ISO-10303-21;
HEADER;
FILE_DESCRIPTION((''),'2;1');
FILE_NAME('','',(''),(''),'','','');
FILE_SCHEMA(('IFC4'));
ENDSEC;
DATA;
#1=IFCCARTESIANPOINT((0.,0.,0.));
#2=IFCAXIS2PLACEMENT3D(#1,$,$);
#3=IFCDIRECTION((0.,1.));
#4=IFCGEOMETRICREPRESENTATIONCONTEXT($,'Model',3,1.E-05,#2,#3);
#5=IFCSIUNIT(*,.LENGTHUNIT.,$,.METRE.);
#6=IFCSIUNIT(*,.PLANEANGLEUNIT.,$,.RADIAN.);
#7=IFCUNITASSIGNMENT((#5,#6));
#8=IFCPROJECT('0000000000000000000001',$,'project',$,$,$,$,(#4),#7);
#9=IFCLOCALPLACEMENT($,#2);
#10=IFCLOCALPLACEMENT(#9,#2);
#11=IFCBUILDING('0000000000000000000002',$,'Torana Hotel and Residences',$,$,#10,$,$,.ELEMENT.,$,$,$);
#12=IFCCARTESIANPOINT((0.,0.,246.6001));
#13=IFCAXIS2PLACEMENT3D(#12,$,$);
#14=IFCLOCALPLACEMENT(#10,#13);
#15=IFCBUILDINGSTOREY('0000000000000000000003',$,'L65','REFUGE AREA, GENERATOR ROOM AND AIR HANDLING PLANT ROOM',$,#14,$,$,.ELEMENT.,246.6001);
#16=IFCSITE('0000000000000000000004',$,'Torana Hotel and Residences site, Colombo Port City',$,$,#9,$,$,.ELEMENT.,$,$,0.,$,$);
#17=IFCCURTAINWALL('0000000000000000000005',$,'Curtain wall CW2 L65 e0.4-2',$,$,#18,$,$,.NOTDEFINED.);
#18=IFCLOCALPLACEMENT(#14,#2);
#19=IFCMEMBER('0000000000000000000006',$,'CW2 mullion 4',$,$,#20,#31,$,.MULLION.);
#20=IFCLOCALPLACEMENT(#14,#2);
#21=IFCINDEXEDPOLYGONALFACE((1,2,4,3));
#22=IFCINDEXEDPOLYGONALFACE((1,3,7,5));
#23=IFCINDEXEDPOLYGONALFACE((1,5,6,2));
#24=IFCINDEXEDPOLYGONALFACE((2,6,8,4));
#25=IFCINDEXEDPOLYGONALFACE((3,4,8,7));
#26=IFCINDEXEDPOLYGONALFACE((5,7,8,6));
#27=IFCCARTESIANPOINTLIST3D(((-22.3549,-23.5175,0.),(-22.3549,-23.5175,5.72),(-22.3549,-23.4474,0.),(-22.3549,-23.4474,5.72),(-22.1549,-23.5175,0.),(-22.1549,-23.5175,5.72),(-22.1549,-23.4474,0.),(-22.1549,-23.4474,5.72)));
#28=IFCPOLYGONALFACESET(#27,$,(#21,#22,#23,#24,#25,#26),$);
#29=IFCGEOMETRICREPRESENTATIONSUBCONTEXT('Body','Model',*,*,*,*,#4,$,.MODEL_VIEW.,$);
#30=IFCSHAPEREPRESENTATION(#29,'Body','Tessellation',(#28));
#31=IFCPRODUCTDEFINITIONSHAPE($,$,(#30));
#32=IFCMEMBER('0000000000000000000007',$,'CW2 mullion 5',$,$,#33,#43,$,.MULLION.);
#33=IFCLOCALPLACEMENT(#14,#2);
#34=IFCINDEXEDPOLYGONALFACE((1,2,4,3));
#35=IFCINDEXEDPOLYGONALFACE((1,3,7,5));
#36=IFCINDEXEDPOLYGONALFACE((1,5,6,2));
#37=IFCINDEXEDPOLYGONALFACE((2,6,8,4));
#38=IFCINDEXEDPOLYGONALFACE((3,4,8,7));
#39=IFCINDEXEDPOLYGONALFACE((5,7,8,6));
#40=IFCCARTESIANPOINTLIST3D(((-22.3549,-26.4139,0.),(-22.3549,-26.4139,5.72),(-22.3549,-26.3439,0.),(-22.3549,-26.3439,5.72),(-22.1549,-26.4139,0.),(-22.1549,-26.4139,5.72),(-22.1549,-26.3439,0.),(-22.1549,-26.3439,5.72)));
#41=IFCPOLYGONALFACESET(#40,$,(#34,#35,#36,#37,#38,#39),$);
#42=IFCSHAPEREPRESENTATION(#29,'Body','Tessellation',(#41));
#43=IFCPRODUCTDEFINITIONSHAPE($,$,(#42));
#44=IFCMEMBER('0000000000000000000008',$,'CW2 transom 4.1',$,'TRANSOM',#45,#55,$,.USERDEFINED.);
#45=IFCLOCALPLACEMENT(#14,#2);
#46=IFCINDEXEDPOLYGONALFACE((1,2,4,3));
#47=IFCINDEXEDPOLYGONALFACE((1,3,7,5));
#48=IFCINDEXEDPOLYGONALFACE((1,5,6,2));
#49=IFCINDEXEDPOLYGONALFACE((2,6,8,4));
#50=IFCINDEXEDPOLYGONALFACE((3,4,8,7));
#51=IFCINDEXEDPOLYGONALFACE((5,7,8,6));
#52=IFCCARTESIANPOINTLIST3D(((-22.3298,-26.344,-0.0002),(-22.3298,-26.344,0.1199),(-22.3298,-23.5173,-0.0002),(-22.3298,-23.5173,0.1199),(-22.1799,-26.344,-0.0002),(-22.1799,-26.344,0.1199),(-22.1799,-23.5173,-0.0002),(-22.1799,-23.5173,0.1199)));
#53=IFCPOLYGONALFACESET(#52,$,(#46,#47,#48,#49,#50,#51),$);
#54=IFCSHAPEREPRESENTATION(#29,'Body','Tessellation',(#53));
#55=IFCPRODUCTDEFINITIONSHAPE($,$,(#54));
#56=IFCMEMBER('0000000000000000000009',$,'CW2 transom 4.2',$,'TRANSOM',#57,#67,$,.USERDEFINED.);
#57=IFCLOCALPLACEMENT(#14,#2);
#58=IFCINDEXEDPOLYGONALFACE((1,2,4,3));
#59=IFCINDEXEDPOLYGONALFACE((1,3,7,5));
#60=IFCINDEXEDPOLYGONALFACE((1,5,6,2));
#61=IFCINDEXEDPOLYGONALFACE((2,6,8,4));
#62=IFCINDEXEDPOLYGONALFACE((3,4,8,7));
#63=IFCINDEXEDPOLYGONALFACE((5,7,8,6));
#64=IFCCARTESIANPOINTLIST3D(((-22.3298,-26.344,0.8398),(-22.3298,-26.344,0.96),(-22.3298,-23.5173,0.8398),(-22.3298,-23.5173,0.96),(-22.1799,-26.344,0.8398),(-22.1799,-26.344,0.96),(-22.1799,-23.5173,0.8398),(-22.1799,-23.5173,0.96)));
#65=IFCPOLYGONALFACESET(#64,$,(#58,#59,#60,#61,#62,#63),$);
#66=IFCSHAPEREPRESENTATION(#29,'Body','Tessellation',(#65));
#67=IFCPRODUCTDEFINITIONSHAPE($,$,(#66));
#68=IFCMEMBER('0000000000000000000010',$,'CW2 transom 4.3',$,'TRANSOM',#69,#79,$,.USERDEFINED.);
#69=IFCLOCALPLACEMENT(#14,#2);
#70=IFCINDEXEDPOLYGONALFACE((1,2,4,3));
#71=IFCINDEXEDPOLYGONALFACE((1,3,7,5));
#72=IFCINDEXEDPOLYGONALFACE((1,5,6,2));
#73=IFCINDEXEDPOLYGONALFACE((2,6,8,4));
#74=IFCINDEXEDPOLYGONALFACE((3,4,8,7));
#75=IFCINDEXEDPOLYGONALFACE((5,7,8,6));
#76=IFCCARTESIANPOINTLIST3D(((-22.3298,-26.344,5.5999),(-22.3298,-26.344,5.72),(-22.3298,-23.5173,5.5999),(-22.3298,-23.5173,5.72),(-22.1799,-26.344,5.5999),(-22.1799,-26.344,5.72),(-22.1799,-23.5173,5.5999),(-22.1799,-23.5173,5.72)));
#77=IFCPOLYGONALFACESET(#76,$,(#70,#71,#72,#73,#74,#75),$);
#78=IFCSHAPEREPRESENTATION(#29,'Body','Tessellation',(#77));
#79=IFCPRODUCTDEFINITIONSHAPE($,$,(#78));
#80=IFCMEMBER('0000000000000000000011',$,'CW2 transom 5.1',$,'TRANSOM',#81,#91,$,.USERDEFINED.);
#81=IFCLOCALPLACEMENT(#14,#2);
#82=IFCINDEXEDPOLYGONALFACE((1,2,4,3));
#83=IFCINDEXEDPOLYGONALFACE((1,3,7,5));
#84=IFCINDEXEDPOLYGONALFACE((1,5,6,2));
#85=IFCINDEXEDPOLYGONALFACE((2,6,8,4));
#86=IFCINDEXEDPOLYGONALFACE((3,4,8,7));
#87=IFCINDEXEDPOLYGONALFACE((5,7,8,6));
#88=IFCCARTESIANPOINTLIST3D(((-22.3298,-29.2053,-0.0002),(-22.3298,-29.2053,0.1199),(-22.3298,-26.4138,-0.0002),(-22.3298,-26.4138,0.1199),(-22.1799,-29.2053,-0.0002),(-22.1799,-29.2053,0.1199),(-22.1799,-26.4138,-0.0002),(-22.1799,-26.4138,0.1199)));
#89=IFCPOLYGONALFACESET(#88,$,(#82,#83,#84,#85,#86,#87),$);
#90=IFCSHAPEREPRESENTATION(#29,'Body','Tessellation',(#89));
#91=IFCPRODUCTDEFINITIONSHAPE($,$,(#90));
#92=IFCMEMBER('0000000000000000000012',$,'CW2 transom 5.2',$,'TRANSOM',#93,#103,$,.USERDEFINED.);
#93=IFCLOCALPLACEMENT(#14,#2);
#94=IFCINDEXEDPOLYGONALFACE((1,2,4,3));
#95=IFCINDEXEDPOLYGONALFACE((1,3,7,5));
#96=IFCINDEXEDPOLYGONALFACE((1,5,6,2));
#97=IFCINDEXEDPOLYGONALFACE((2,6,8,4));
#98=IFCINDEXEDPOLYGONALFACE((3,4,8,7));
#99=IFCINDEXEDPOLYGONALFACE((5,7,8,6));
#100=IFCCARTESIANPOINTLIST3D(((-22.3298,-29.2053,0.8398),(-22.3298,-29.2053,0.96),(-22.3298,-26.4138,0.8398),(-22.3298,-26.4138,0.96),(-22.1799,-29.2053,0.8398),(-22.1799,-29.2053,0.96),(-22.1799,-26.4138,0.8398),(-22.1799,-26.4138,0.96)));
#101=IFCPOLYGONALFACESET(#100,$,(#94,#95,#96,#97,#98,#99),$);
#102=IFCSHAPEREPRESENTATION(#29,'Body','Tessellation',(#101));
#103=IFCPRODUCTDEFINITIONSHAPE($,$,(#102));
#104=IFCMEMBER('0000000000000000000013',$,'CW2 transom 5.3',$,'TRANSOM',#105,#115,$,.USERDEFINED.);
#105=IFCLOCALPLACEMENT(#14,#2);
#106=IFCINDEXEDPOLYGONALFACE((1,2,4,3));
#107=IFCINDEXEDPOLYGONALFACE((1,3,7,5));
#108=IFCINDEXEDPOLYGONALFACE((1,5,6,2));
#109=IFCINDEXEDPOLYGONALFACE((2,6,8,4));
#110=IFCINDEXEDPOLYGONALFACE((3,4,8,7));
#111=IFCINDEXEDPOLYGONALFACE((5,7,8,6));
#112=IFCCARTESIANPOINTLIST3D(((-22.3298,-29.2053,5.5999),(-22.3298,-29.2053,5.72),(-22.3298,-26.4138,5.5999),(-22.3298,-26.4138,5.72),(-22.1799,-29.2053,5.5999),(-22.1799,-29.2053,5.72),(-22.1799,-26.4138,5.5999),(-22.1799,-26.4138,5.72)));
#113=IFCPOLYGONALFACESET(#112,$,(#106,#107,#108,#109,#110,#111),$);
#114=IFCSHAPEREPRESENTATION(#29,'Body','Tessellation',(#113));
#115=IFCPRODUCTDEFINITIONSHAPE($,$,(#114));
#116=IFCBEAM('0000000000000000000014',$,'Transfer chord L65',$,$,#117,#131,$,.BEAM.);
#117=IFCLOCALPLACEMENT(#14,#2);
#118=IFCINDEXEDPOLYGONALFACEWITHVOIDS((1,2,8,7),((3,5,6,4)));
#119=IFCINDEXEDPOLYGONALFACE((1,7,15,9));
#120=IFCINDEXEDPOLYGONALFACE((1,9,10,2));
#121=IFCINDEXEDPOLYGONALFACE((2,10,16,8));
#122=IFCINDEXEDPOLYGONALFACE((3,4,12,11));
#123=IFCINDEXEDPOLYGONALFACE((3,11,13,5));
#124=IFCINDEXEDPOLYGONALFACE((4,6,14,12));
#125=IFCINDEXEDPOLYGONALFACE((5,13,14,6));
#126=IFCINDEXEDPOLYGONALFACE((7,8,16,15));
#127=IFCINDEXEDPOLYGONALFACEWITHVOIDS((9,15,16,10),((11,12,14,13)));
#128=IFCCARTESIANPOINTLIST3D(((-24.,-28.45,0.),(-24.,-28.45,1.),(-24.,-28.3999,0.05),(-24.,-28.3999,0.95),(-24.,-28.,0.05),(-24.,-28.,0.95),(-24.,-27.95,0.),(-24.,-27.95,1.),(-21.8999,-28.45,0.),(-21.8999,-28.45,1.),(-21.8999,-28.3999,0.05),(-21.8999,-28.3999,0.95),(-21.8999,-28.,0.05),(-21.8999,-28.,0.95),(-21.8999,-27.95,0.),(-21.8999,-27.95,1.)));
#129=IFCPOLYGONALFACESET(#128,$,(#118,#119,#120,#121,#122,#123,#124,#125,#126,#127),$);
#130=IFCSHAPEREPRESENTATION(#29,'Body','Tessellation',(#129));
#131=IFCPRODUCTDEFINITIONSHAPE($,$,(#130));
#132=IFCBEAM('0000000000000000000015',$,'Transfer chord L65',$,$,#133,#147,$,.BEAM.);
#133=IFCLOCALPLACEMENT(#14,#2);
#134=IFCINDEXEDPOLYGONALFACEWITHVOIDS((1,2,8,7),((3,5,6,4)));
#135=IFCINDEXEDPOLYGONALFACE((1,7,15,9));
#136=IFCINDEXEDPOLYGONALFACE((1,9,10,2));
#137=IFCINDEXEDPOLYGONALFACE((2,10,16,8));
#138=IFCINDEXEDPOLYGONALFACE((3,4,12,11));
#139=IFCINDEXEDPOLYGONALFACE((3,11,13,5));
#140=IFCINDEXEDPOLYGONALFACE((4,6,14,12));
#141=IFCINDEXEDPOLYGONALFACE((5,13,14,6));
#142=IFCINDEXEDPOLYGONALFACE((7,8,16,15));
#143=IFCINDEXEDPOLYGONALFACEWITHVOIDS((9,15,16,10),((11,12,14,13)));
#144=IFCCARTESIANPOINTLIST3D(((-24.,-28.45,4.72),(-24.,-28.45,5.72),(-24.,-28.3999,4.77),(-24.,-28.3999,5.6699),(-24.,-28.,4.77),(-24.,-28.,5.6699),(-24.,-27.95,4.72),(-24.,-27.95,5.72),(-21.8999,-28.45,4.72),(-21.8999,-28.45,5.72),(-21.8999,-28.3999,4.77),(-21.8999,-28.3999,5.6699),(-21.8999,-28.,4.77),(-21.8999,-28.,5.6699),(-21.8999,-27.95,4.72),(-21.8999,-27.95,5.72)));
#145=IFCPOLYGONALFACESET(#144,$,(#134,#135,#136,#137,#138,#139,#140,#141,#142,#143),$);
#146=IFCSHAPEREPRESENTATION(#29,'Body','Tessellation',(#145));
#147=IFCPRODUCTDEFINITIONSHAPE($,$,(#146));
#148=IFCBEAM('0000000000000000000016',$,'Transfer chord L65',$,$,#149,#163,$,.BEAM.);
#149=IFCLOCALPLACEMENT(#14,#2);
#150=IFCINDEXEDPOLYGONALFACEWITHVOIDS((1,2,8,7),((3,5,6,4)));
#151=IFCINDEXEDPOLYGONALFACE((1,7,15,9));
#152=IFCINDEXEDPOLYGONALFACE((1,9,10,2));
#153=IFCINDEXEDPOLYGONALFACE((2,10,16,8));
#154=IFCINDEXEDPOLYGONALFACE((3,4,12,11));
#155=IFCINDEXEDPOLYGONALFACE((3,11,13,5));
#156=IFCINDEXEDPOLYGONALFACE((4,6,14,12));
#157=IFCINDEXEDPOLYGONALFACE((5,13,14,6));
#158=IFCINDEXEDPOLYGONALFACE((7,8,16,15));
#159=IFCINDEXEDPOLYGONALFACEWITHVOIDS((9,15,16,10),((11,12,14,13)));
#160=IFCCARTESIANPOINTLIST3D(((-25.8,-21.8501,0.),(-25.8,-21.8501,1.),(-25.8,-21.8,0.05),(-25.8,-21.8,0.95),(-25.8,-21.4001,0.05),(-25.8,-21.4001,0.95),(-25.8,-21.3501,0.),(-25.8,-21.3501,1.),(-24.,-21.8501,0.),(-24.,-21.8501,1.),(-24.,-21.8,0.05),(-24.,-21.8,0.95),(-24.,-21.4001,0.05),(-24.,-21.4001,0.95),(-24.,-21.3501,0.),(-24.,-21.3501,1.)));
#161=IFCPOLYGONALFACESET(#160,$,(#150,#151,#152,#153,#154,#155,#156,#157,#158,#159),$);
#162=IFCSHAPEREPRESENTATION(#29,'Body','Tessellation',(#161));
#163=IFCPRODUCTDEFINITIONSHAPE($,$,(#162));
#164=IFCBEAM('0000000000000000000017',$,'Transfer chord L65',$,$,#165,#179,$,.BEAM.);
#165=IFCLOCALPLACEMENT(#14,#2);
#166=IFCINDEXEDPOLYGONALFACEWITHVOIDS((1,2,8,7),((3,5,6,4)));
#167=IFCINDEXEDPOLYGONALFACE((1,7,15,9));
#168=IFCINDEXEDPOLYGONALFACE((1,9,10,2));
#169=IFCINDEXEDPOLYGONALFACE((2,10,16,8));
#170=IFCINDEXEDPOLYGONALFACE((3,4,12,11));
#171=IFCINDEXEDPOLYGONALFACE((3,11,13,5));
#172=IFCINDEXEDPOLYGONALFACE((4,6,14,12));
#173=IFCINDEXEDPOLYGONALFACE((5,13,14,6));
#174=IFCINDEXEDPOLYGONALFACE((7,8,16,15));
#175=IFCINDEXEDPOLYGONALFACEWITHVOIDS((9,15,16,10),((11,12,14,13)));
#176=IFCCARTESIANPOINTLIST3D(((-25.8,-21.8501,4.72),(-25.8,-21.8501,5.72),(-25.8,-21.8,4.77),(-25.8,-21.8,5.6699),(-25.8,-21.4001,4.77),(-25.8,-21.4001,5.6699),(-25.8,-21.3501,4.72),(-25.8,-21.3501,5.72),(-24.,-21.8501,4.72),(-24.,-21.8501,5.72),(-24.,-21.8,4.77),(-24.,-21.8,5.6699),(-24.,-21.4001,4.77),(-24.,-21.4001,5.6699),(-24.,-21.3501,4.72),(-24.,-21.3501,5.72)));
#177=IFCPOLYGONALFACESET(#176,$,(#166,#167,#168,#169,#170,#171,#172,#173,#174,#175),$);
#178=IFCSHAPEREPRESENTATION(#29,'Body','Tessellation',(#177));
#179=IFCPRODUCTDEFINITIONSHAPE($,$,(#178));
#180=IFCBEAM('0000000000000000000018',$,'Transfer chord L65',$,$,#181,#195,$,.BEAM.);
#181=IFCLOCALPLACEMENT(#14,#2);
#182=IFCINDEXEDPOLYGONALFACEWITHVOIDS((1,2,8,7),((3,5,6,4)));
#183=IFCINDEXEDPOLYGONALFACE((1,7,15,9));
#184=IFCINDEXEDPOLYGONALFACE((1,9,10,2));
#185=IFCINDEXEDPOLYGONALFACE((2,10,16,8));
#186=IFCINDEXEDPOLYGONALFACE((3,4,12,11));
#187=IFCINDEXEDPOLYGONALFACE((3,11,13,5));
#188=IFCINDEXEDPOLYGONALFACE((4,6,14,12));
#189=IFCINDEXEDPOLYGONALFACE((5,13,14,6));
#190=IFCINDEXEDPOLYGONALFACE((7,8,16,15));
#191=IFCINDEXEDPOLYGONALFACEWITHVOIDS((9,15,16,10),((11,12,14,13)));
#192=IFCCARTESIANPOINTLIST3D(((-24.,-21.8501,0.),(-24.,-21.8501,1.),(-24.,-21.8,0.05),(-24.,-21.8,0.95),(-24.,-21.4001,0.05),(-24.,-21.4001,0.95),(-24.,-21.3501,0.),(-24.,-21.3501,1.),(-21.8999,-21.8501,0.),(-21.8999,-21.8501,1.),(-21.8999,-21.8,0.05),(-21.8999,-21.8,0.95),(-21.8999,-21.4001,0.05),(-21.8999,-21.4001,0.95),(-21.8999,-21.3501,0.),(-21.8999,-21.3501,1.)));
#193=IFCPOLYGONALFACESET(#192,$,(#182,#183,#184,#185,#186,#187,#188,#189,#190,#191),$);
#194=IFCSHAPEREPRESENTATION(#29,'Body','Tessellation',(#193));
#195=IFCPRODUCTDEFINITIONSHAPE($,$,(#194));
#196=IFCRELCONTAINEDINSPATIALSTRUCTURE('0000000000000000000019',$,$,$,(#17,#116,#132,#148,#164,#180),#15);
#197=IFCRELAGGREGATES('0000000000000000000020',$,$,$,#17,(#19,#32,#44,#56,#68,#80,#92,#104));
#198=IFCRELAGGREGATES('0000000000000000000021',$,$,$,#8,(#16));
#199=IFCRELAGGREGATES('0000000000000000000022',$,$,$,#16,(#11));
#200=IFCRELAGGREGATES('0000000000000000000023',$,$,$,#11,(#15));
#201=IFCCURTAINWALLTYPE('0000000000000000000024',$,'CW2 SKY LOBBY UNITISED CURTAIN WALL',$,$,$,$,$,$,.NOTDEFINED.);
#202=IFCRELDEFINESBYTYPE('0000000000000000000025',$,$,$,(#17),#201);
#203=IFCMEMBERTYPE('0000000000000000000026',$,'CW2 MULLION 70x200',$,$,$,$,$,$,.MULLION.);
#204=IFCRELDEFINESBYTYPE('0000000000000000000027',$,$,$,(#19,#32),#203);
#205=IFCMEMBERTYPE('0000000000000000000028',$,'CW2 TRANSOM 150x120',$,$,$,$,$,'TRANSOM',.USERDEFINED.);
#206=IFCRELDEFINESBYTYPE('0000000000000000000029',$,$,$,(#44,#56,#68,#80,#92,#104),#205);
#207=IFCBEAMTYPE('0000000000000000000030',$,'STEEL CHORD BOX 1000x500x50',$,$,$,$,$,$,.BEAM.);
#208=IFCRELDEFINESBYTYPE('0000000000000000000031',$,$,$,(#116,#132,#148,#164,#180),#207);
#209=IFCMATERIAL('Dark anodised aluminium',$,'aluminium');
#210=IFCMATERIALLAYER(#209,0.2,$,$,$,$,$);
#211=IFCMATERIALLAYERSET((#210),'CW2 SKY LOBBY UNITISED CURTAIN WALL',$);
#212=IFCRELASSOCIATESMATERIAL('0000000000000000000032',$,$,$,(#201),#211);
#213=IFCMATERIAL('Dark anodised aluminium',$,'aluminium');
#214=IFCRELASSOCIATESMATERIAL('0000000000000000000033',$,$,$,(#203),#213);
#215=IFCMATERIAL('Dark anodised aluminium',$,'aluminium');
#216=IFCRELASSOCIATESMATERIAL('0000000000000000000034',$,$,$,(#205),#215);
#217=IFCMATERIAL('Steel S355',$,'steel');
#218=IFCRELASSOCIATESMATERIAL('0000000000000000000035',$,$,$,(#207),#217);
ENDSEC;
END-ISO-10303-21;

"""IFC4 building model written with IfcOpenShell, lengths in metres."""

from ifc_helpers import new_model, si_unit, direction, frame, origin, origin_2d, place, context, subcontext, project, spatial, rectangle, hollow_rectangle, extrude, material, layer, layer_set, material_profile, profile_set, type_object, element, aggregate, save


model = new_model("IFC4")

# Units and contexts
model_context = context("Model", 3, precision=1e-05, world=origin(), true_north=direction((0.0, 1.0)))
body_context = subcontext(model_context, "Body", "Model", "MODEL_VIEW")
ifc_project = project(units=[si_unit("LENGTHUNIT", "METRE"), si_unit("PLANEANGLEUNIT", "RADIAN")], contexts=[model_context])

# Site, building, storey
site_placement = place(None, origin())
site = spatial("IfcSite", under=ifc_project, at=site_placement, Name="Torana Hotel and Residences site, Colombo Port City", CompositionType="ELEMENT", RefElevation=0.0)
building_placement = place(site_placement, origin())
building = spatial("IfcBuilding", under=site, at=building_placement, Name="Torana Hotel and Residences", CompositionType="ELEMENT")
storey_placement = place(building_placement, frame((0.0, 0.0, 246.6001)))
storey = spatial("IfcBuildingStorey", under=building, at=storey_placement, Name="L65", Description="REFUGE AREA, GENERATOR ROOM AND AIR HANDLING PLANT ROOM", CompositionType="ELEMENT", Elevation=246.6001)

# Curtain wall, members
ifc_material_1 = material(Name="Dark anodised aluminium", Category="aluminium")
ifc_layer_1 = layer(ifc_material_1, 0.2)
ifc_layer_set_1 = layer_set([ifc_layer_1], Name="CW2 SKY LOBBY UNITISED CURTAIN WALL")
curtain_wall_type = type_object("IfcCurtainWallType", Name="CW2 SKY LOBBY UNITISED CURTAIN WALL", PredefinedType="NOTDEFINED", material=ifc_layer_set_1)
curtain_wall_placement = place(storey_placement, origin())
curtain_wall = element("IfcCurtainWall", 1, at=curtain_wall_placement, inside=storey, type_object=curtain_wall_type, Name="Curtain wall CW2 L65 e0.4-2", PredefinedType="NOTDEFINED")
ifc_material_2 = material(Name="Dark anodised aluminium", Category="aluminium")
ifc_material_profile_1 = material_profile(ifc_material_2, rectangle(XDim=0.2, YDim=0.0701, at=origin_2d()), Name="CW2 MULLION 70x200")
ifc_profile_set_1 = profile_set([ifc_material_profile_1], Name="Dark anodised aluminium")
member_type_1 = type_object("IfcMemberType", Name="CW2 MULLION 70x200", PredefinedType="MULLION", material=ifc_profile_set_1)
member_1_placement = place(storey_placement, frame((-22.2549, -23.4824, 0.0), z_axis=(0.0, 0.0, 1.0), x_axis=(1.0, 0.0, 0.0)))
member_1 = element("IfcMember", 2, at=member_1_placement, type_object=member_type_1, Name="CW2 mullion 4", PredefinedType="MULLION", context=body_context, shape_type="SweptSolid", body=[
    extrude(rectangle(XDim=0.2, YDim=0.0701, at=origin_2d()), origin(), (0.0, 0.0, 1.0), 5.72),
])
member_2_placement = place(storey_placement, frame((-22.2549, -26.3789, 0.0), z_axis=(0.0, 0.0, 1.0), x_axis=(1.0, 0.0, 0.0)))
member_2 = element("IfcMember", 3, at=member_2_placement, type_object=member_type_1, Name="CW2 mullion 5", PredefinedType="MULLION", context=body_context, shape_type="SweptSolid", body=[
    extrude(rectangle(XDim=0.2, YDim=0.0701, at=origin_2d()), origin(), (0.0, 0.0, 1.0), 5.72),
])
ifc_material_3 = material(Name="Dark anodised aluminium", Category="aluminium")
ifc_material_profile_2 = material_profile(ifc_material_3, rectangle(XDim=0.1499, YDim=0.1201, at=origin_2d()), Name="CW2 TRANSOM 150x120")
ifc_profile_set_2 = profile_set([ifc_material_profile_2], Name="Dark anodised aluminium")
member_type_2 = type_object("IfcMemberType", Name="CW2 TRANSOM 150x120", ElementType="TRANSOM", PredefinedType="USERDEFINED", material=ifc_profile_set_2)
member_3_placement = place(storey_placement, frame((-22.2549, -23.5173, 0.0598), z_axis=(0.0, -1.0, 0.0), x_axis=(1.0, 0.0, 0.0)))
member_3 = element("IfcMember", 4, at=member_3_placement, type_object=member_type_2, Name="CW2 transom 4.1", ObjectType="TRANSOM", PredefinedType="USERDEFINED", context=body_context, shape_type="SweptSolid", body=[
    extrude(rectangle(XDim=0.1499, YDim=0.1201, at=origin_2d()), origin(), (0.0, 0.0, 1.0), 2.8267),
])
member_4_placement = place(storey_placement, frame((-22.2549, -23.5173, 0.8999), z_axis=(0.0, -1.0, 0.0), x_axis=(1.0, 0.0, 0.0)))
member_4 = element("IfcMember", 5, at=member_4_placement, type_object=member_type_2, Name="CW2 transom 4.2", ObjectType="TRANSOM", PredefinedType="USERDEFINED", context=body_context, shape_type="SweptSolid", body=[
    extrude(rectangle(XDim=0.1499, YDim=0.1201, at=origin_2d()), origin(), (0.0, 0.0, 1.0), 2.8267),
])
member_5_placement = place(storey_placement, frame((-22.2549, -23.5173, 5.6599), z_axis=(0.0, -1.0, 0.0), x_axis=(1.0, 0.0, 0.0)))
member_5 = element("IfcMember", 6, at=member_5_placement, type_object=member_type_2, Name="CW2 transom 4.3", ObjectType="TRANSOM", PredefinedType="USERDEFINED", context=body_context, shape_type="SweptSolid", body=[
    extrude(rectangle(XDim=0.1499, YDim=0.1201, at=origin_2d()), origin(), (0.0, 0.0, 1.0), 2.8267),
])
member_6_placement = place(storey_placement, frame((-22.2549, -26.4138, 0.0598), z_axis=(0.0, -1.0, 0.0), x_axis=(1.0, 0.0, 0.0)))
member_6 = element("IfcMember", 7, at=member_6_placement, type_object=member_type_2, Name="CW2 transom 5.1", ObjectType="TRANSOM", PredefinedType="USERDEFINED", context=body_context, shape_type="SweptSolid", body=[
    extrude(rectangle(XDim=0.1499, YDim=0.1201, at=origin_2d()), origin(), (0.0, 0.0, 1.0), 2.7915),
])
member_7_placement = place(storey_placement, frame((-22.2549, -26.4138, 0.8999), z_axis=(0.0, -1.0, 0.0), x_axis=(1.0, 0.0, 0.0)))
member_7 = element("IfcMember", 8, at=member_7_placement, type_object=member_type_2, Name="CW2 transom 5.2", ObjectType="TRANSOM", PredefinedType="USERDEFINED", context=body_context, shape_type="SweptSolid", body=[
    extrude(rectangle(XDim=0.1499, YDim=0.1201, at=origin_2d()), origin(), (0.0, 0.0, 1.0), 2.7915),
])
member_8_placement = place(storey_placement, frame((-22.2549, -26.4138, 5.6599), z_axis=(0.0, -1.0, 0.0), x_axis=(1.0, 0.0, 0.0)))
member_8 = element("IfcMember", 9, at=member_8_placement, type_object=member_type_2, Name="CW2 transom 5.3", ObjectType="TRANSOM", PredefinedType="USERDEFINED", context=body_context, shape_type="SweptSolid", body=[
    extrude(rectangle(XDim=0.1499, YDim=0.1201, at=origin_2d()), origin(), (0.0, 0.0, 1.0), 2.7915),
])
aggregate(curtain_wall, [member_1, member_2, member_3, member_4, member_5, member_6, member_7, member_8])

# Beams
ifc_material_4 = material(Name="Steel S355", Category="steel")
ifc_material_profile_3 = material_profile(ifc_material_4, hollow_rectangle(XDim=0.5, YDim=1.0, WallThickness=0.05, at=origin_2d()), Name="BOX 1000x500x50")
ifc_profile_set_3 = profile_set([ifc_material_profile_3], Name="Steel S355")
beam_type = type_object("IfcBeamType", Name="STEEL CHORD BOX 1000x500x50", PredefinedType="BEAM", material=ifc_profile_set_3)
for number, where, z_axis, x_axis, name in (
    (10, (-24.0, -28.2, 0.5), (1.0, 0.0, 0.0), (0.0, 1.0, 0.0), "Transfer chord L65"),
    (11, (-24.0, -28.2, 5.22), (1.0, 0.0, 0.0), (0.0, 1.0, 0.0), "Transfer chord L65"),
):
    element("IfcBeam", number, at=place(storey_placement, frame(where, z_axis=z_axis, x_axis=x_axis)), inside=storey, type_object=beam_type, Name=name, PredefinedType="BEAM", context=body_context, shape_type="SweptSolid", body=[
        extrude(hollow_rectangle(XDim=0.5, YDim=1.0, WallThickness=0.05, at=origin_2d()), origin(), (0.0, 0.0, 1.0), 2.1001),
    ])
for number, where, z_axis, x_axis, name in (
    (12, (-25.8, -21.6001, 0.5), (1.0, 0.0, 0.0), (0.0, 1.0, 0.0), "Transfer chord L65"),
    (13, (-25.8, -21.6001, 5.22), (1.0, 0.0, 0.0), (0.0, 1.0, 0.0), "Transfer chord L65"),
):
    element("IfcBeam", number, at=place(storey_placement, frame(where, z_axis=z_axis, x_axis=x_axis)), inside=storey, type_object=beam_type, Name=name, PredefinedType="BEAM", context=body_context, shape_type="SweptSolid", body=[
        extrude(hollow_rectangle(XDim=0.5, YDim=1.0, WallThickness=0.05, at=origin_2d()), origin(), (0.0, 0.0, 1.0), 1.8),
    ])
for number, where, z_axis, x_axis, name in (
    (14, (-24.0, -21.6001, 0.5), (1.0, 0.0, 0.0), (0.0, 1.0, 0.0), "Transfer chord L65"),
):
    element("IfcBeam", number, at=place(storey_placement, frame(where, z_axis=z_axis, x_axis=x_axis)), inside=storey, type_object=beam_type, Name=name, PredefinedType="BEAM", context=body_context, shape_type="SweptSolid", body=[
        extrude(hollow_rectangle(XDim=0.5, YDim=1.0, WallThickness=0.05, at=origin_2d()), origin(), (0.0, 0.0, 1.0), 2.1001),
    ])

save(model, "model.ifc")
